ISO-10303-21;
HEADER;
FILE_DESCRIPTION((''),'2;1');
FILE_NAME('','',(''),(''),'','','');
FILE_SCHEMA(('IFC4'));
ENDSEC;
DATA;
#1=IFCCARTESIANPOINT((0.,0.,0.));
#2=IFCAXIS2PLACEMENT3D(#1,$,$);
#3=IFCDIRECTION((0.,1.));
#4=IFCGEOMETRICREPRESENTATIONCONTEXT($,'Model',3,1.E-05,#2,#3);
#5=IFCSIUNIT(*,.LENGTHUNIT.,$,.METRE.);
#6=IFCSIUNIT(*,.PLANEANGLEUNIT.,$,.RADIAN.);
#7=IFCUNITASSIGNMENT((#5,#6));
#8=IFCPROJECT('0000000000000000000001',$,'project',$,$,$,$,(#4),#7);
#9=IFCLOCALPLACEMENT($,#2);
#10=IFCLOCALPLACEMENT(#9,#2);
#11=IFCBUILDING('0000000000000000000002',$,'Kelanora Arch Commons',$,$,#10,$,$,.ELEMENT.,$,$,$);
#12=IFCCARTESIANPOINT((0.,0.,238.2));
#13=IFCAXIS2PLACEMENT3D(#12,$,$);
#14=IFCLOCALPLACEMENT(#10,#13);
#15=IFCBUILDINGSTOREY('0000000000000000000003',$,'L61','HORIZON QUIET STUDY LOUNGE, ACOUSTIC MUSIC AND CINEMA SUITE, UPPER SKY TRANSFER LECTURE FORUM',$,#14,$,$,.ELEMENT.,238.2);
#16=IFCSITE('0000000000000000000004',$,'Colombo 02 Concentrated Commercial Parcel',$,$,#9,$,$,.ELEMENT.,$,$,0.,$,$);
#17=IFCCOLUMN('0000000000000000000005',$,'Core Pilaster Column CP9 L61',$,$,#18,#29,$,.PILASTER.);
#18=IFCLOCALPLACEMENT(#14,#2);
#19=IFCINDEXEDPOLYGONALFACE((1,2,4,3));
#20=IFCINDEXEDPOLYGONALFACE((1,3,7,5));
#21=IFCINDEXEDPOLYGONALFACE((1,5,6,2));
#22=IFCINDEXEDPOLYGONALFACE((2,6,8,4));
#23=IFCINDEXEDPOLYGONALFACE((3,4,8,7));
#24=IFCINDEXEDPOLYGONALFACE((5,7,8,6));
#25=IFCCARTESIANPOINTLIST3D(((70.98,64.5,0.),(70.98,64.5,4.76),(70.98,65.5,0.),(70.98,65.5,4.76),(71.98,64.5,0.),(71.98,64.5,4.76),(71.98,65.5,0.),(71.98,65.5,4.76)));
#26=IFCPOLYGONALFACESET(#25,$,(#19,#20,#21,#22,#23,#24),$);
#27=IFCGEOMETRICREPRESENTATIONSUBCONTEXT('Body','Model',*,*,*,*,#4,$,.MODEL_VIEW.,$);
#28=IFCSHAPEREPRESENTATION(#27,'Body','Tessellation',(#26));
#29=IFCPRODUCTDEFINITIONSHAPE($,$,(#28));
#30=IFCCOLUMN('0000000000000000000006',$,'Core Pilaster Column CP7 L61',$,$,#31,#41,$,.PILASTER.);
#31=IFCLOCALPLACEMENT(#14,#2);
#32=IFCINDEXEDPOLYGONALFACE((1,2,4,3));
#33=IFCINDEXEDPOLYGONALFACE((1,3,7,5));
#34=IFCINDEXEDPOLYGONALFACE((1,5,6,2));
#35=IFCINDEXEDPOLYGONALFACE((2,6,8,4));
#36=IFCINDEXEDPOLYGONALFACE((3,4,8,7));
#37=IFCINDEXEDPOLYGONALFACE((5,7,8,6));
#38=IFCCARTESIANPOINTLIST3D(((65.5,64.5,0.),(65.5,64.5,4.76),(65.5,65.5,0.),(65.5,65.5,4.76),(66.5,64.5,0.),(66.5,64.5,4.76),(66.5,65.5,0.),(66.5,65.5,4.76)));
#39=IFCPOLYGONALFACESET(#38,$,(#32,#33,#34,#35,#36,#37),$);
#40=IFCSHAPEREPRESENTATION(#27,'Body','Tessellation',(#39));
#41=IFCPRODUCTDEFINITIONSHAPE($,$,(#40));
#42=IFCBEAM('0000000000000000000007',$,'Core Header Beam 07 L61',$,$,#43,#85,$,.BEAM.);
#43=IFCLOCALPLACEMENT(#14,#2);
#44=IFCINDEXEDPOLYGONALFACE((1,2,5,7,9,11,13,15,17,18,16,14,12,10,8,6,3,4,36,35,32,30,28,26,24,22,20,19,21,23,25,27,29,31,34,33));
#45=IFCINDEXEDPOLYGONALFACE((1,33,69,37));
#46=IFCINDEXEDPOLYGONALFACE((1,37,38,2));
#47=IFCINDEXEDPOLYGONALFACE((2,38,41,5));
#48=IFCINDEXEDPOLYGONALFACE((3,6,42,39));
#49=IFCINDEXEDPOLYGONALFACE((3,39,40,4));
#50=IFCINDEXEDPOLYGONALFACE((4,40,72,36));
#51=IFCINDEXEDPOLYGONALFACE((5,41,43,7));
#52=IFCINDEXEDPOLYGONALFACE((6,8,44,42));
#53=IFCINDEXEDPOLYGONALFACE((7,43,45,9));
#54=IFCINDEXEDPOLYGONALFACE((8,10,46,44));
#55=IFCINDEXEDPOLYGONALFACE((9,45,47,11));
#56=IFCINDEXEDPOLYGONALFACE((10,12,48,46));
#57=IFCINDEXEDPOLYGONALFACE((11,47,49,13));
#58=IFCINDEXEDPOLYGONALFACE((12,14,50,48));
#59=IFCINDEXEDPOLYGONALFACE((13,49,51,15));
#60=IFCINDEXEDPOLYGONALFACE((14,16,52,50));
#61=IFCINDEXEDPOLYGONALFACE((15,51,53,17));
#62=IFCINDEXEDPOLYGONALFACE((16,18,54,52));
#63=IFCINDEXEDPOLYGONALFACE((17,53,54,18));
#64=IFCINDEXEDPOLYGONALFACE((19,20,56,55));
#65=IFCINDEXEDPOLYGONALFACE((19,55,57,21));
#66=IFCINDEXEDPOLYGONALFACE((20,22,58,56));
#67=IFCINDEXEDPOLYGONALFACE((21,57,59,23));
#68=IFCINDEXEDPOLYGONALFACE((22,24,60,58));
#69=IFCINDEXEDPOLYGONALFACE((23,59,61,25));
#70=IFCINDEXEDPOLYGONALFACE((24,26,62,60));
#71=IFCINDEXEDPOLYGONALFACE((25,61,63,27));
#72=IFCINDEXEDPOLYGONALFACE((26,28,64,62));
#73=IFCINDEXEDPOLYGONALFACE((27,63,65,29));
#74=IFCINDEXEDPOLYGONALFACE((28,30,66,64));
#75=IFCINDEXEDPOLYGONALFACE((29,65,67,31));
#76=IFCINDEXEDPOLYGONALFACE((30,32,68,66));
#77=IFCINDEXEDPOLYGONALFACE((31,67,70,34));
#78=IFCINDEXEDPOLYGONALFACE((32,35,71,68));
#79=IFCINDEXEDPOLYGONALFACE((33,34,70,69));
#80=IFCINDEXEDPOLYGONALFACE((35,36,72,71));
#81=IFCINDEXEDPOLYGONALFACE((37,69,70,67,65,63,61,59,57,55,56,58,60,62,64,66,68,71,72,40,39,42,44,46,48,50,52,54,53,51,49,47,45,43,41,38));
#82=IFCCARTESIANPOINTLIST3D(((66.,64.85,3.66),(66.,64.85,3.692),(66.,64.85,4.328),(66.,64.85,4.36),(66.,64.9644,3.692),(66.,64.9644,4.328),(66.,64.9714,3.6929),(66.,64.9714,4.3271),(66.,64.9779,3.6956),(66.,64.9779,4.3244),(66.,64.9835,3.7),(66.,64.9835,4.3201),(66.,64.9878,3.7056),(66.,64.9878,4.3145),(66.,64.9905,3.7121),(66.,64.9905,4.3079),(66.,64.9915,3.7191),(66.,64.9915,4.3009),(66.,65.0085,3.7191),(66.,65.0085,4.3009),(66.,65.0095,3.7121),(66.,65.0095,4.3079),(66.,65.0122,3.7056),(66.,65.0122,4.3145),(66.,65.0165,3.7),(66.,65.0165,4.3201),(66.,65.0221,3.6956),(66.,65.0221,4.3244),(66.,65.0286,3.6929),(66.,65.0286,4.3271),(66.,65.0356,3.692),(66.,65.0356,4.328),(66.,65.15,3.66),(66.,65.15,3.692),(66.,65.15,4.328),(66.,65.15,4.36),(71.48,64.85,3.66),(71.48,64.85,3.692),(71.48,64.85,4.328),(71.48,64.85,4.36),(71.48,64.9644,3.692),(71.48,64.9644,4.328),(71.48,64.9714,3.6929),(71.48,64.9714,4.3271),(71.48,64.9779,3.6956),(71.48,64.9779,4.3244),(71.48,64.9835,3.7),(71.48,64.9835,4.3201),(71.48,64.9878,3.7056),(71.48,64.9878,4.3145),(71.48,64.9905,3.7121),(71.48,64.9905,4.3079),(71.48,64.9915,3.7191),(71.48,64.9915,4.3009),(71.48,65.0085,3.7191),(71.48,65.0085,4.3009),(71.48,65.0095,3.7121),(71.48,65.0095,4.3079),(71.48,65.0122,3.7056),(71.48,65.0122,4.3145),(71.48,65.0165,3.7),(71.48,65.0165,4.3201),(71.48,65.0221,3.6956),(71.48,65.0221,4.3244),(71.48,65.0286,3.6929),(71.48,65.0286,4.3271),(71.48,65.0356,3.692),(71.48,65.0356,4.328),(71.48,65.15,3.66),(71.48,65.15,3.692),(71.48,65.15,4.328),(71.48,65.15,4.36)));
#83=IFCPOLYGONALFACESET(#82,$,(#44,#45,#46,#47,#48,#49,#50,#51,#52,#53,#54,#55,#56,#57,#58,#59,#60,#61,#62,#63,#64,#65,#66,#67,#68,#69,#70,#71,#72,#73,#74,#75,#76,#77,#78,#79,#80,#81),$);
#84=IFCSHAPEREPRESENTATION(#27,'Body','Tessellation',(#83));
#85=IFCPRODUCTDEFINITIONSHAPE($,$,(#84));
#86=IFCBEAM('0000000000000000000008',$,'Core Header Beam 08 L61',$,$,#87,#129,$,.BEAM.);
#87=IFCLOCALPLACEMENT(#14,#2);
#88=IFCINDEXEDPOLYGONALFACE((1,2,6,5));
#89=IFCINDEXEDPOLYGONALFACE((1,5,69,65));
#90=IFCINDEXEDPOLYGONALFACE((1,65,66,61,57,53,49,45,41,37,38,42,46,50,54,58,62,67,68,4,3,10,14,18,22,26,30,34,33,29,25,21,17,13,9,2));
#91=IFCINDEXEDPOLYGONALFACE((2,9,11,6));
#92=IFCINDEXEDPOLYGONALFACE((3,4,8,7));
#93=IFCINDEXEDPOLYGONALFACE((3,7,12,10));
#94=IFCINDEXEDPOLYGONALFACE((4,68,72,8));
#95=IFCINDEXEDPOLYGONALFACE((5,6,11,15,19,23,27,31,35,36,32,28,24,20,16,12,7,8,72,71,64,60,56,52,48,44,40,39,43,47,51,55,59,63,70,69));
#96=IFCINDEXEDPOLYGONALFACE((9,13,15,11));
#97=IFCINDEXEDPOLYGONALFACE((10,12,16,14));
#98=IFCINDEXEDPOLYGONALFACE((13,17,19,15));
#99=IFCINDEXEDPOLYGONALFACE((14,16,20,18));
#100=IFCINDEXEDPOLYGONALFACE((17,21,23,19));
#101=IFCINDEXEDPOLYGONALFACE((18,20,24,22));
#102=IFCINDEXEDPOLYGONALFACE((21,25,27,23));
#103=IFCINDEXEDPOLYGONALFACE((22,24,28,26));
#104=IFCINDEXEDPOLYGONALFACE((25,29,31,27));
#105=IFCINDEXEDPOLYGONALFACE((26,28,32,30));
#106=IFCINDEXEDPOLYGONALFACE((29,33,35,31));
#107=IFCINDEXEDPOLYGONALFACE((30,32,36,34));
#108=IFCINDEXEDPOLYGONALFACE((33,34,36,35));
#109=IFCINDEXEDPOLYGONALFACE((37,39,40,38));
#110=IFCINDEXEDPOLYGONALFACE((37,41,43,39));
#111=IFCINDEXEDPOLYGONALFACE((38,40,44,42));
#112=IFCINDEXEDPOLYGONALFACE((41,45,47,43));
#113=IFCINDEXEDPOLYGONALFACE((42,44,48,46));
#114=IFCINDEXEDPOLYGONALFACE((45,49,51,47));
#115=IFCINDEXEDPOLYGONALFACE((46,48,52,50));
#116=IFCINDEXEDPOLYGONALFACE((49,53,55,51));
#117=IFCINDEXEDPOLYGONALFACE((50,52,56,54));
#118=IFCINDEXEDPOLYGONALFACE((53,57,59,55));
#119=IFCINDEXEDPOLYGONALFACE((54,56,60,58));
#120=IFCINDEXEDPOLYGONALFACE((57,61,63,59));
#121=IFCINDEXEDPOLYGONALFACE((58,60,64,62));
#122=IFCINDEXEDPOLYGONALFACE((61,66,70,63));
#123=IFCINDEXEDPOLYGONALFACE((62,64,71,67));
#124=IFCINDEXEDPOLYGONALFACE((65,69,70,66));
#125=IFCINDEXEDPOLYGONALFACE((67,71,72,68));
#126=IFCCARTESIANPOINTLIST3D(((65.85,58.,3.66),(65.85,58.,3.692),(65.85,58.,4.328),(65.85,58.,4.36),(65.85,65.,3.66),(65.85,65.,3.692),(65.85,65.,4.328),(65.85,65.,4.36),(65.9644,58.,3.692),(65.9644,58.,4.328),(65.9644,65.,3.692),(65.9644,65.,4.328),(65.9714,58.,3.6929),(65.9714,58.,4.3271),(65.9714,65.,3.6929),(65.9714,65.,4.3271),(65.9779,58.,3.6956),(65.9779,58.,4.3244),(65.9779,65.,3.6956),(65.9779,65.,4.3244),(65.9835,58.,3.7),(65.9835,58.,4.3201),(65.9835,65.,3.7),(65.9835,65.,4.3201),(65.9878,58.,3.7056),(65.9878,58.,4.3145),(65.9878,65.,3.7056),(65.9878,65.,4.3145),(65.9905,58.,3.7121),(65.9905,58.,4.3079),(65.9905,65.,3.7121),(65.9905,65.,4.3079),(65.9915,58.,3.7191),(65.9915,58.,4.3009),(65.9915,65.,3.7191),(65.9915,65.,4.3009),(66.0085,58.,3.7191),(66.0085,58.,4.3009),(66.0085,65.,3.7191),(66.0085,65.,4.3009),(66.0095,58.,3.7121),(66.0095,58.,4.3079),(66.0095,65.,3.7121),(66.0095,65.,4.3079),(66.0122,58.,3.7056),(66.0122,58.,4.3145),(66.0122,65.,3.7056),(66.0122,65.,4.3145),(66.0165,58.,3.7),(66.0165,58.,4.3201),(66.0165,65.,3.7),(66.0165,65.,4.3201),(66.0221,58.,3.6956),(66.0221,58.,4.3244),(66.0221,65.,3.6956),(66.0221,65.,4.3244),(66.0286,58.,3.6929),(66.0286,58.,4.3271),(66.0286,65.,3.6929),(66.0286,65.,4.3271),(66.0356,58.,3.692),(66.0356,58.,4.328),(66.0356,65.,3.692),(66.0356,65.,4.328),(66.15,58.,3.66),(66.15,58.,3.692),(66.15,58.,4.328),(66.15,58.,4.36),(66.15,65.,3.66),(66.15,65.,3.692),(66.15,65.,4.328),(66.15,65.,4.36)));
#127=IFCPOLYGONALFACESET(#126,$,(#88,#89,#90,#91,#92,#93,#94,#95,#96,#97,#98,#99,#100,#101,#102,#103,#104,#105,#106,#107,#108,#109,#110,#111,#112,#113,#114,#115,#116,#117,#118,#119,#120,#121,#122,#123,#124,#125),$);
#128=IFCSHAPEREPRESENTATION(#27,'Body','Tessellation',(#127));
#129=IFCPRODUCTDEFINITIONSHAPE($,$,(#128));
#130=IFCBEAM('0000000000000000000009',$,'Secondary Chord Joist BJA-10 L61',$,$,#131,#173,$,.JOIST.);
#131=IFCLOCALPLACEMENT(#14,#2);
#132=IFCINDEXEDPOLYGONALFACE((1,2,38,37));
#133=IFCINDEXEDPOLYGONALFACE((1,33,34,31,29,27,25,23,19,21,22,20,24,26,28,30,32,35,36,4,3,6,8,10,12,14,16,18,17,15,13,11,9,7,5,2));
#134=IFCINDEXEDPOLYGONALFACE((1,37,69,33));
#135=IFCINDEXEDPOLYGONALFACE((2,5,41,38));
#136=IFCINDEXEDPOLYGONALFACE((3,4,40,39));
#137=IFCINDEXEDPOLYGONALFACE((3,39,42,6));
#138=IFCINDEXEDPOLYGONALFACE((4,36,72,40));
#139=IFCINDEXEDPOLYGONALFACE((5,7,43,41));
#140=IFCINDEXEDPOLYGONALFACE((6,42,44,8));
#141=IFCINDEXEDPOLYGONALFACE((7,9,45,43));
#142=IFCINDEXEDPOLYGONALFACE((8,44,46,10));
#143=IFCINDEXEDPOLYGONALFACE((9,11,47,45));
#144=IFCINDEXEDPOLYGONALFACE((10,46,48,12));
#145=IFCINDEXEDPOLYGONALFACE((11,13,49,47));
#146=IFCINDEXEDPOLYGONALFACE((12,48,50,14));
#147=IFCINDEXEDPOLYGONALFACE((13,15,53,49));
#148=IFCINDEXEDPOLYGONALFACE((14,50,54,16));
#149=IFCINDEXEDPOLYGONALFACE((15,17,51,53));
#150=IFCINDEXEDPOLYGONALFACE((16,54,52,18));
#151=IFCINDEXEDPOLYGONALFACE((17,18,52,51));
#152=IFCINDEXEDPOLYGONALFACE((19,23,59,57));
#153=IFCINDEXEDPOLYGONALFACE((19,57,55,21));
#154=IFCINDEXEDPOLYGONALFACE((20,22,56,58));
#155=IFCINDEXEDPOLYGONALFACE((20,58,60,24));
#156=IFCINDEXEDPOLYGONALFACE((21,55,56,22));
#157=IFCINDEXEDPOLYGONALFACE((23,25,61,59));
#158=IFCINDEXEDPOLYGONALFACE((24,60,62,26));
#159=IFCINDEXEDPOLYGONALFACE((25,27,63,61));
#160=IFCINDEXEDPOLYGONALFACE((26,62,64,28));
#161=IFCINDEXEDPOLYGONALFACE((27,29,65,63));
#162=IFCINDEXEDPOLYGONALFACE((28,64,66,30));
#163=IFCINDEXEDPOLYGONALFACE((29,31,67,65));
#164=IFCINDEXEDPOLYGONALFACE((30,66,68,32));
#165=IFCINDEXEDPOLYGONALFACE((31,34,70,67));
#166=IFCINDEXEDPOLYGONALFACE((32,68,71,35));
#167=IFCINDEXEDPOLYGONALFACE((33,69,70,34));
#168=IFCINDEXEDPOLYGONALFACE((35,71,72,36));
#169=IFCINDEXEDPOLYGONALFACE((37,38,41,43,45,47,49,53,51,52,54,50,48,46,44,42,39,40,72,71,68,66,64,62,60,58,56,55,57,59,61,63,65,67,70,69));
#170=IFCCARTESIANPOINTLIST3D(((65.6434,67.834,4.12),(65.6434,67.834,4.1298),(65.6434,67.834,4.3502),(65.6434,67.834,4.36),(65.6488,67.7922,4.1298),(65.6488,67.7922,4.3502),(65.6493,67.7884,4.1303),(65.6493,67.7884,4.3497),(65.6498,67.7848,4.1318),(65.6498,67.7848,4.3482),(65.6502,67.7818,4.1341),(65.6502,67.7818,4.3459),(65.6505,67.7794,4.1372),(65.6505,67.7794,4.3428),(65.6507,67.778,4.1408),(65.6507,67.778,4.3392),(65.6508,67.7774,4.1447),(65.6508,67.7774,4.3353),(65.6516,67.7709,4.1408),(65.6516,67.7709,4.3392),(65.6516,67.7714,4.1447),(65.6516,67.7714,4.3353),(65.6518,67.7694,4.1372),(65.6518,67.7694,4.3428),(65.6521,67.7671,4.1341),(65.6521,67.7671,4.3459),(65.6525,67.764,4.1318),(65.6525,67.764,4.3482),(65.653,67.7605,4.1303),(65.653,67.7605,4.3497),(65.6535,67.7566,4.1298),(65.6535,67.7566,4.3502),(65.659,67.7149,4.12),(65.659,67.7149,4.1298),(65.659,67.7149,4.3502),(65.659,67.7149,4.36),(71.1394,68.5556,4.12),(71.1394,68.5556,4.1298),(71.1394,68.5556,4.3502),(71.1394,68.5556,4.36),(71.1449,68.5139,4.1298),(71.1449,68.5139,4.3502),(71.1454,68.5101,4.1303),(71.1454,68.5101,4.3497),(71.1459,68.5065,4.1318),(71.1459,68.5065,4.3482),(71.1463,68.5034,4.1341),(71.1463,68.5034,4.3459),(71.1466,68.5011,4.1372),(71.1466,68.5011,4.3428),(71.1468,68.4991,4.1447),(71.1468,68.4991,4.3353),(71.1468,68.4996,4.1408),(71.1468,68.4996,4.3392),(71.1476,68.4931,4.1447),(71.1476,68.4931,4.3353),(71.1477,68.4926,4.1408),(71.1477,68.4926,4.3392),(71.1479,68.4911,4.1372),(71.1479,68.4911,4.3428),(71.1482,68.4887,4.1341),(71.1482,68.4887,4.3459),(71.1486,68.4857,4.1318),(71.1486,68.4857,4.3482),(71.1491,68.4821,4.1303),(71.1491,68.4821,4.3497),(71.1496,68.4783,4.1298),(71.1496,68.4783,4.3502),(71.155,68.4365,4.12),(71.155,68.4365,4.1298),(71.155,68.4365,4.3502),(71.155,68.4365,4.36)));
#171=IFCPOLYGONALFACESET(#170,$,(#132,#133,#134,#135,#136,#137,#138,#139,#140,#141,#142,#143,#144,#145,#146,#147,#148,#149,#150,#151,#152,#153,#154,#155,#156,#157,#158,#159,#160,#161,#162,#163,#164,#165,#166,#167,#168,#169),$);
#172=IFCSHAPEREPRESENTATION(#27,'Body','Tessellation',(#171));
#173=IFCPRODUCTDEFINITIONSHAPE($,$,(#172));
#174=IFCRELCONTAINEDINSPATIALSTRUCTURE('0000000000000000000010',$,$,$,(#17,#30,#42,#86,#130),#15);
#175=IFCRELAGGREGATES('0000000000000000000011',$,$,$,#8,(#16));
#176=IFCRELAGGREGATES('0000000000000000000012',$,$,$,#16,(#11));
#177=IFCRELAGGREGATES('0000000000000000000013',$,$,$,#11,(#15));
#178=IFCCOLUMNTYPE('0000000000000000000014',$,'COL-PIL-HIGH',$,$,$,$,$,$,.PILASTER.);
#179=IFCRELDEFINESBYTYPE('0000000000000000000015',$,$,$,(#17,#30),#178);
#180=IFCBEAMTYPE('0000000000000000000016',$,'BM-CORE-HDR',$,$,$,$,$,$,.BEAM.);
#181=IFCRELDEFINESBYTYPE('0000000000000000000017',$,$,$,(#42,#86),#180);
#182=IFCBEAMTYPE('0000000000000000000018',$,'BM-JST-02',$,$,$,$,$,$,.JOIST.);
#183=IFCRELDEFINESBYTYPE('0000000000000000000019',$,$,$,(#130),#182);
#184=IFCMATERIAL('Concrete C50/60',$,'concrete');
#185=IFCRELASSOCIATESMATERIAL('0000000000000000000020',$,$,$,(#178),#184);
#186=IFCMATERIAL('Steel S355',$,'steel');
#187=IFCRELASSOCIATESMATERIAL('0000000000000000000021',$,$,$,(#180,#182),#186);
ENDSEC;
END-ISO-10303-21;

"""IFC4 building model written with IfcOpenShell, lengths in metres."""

from ifc_helpers import new_model, si_unit, direction, frame, origin, origin_2d, place, context, subcontext, project, spatial, rectangle, i_section, extrude, material, material_profile, profile_set, type_object, element, save


model = new_model("IFC4")

# Units and contexts
model_context = context("Model", 3, precision=1e-05, world=origin(), true_north=direction((0.0, 1.0)))
body_context = subcontext(model_context, "Body", "Model", "MODEL_VIEW")
ifc_project = project(units=[si_unit("LENGTHUNIT", "METRE"), si_unit("PLANEANGLEUNIT", "RADIAN")], contexts=[model_context])

# Site, building, storey
site_placement = place(None, origin())
site = spatial("IfcSite", under=ifc_project, at=site_placement, Name="Colombo 02 Concentrated Commercial Parcel", CompositionType="ELEMENT", RefElevation=0.0)
building_placement = place(site_placement, origin())
building = spatial("IfcBuilding", under=site, at=building_placement, Name="Kelanora Arch Commons", CompositionType="ELEMENT")
storey_placement = place(building_placement, frame((0.0, 0.0, 238.2)))
storey = spatial("IfcBuildingStorey", under=building, at=storey_placement, Name="L61", Description="HORIZON QUIET STUDY LOUNGE, ACOUSTIC MUSIC AND CINEMA SUITE, UPPER SKY TRANSFER LECTURE FORUM", CompositionType="ELEMENT", Elevation=238.2)

# Columns
ifc_material_1 = material(Name="Concrete C50/60", Category="concrete")
ifc_material_profile_1 = material_profile(ifc_material_1, rectangle(XDim=1.0, YDim=1.0, at=origin_2d()), Name="RC1000x1000")
ifc_profile_set_1 = profile_set([ifc_material_profile_1], Name="Concrete C50/60")
column_type = type_object("IfcColumnType", Name="COL-PIL-HIGH", PredefinedType="PILASTER", material=ifc_profile_set_1)
for number, where, z_axis, x_axis, name in (
    (1, (71.48, 65.0, 0.0), (0.0, 0.0, 1.0), (1.0, 0.0, 0.0), "Core Pilaster Column CP9 L61"),
    (2, (66.0, 65.0, 0.0), (0.0, 0.0, 1.0), (1.0, 0.0, 0.0), "Core Pilaster Column CP7 L61"),
):
    element("IfcColumn", number, at=place(storey_placement, frame(where, z_axis=z_axis, x_axis=x_axis)), inside=storey, type_object=column_type, Name=name, PredefinedType="PILASTER", context=body_context, shape_type="SweptSolid", body=[
        extrude(rectangle(XDim=1.0, YDim=1.0, at=origin_2d()), origin(), (0.0, 0.0, 1.0), 4.76),
    ])

# Beams
ifc_material_2 = material(Name="Steel S355", Category="steel")
ifc_material_profile_2 = material_profile(ifc_material_2, i_section(OverallWidth=0.3, OverallDepth=0.7, WebThickness=0.0171, FlangeThickness=0.032, FilletRadius=0.0271, at=origin_2d()), Name="HEB700")
ifc_profile_set_2 = profile_set([ifc_material_profile_2], Name="Steel S355")
beam_type_1 = type_object("IfcBeamType", Name="BM-CORE-HDR", PredefinedType="BEAM", material=ifc_profile_set_2)
beam_1_placement = place(storey_placement, frame((71.48, 65.0, 4.01), z_axis=(-1.0, 0.0, 0.0), x_axis=(0.0, -1.0, 0.0)))
element("IfcBeam", 3, at=beam_1_placement, inside=storey, type_object=beam_type_1, Name="Core Header Beam 07 L61", PredefinedType="BEAM", context=body_context, shape_type="SweptSolid", body=[
    extrude(i_section(OverallWidth=0.3, OverallDepth=0.7, WebThickness=0.0171, FlangeThickness=0.032, FilletRadius=0.0271, at=origin_2d()), origin(), (0.0, 0.0, 1.0), 5.48),
])
beam_2_placement = place(storey_placement, frame((66.0, 65.0, 4.01), z_axis=(0.0, -1.0, 0.0), x_axis=(1.0, 0.0, 0.0)))
element("IfcBeam", 4, at=beam_2_placement, inside=storey, type_object=beam_type_1, Name="Core Header Beam 08 L61", PredefinedType="BEAM", context=body_context, shape_type="SweptSolid", body=[
    extrude(i_section(OverallWidth=0.3, OverallDepth=0.7, WebThickness=0.0171, FlangeThickness=0.032, FilletRadius=0.0271, at=origin_2d()), origin(), (0.0, 0.0, 1.0), 7.0),
])
ifc_material_profile_3 = material_profile(ifc_material_2, i_section(OverallWidth=0.1201, OverallDepth=0.24, WebThickness=0.0061, FlangeThickness=0.0098, FilletRadius=0.0149, at=origin_2d()), Name="IPE240")
ifc_profile_set_3 = profile_set([ifc_material_profile_3], Name="Steel S355")
beam_type_2 = type_object("IfcBeamType", Name="BM-JST-02", PredefinedType="JOIST", material=ifc_profile_set_3)
beam_3_placement = place(storey_placement, frame((71.1472, 68.4961, 4.24), z_axis=(-0.991489, -0.13019, 0.0), x_axis=(0.13019, -0.991489, 0.0)))
element("IfcBeam", 5, at=beam_3_placement, inside=storey, type_object=beam_type_2, Name="Secondary Chord Joist BJA-10 L61", PredefinedType="JOIST", context=body_context, shape_type="SweptSolid", body=[
    extrude(i_section(OverallWidth=0.1201, OverallDepth=0.24, WebThickness=0.0061, FlangeThickness=0.0098, FilletRadius=0.0149, at=origin_2d()), origin(), (0.0, 0.0, 1.0), 5.5432),
])

save(model, "model.ifc")
